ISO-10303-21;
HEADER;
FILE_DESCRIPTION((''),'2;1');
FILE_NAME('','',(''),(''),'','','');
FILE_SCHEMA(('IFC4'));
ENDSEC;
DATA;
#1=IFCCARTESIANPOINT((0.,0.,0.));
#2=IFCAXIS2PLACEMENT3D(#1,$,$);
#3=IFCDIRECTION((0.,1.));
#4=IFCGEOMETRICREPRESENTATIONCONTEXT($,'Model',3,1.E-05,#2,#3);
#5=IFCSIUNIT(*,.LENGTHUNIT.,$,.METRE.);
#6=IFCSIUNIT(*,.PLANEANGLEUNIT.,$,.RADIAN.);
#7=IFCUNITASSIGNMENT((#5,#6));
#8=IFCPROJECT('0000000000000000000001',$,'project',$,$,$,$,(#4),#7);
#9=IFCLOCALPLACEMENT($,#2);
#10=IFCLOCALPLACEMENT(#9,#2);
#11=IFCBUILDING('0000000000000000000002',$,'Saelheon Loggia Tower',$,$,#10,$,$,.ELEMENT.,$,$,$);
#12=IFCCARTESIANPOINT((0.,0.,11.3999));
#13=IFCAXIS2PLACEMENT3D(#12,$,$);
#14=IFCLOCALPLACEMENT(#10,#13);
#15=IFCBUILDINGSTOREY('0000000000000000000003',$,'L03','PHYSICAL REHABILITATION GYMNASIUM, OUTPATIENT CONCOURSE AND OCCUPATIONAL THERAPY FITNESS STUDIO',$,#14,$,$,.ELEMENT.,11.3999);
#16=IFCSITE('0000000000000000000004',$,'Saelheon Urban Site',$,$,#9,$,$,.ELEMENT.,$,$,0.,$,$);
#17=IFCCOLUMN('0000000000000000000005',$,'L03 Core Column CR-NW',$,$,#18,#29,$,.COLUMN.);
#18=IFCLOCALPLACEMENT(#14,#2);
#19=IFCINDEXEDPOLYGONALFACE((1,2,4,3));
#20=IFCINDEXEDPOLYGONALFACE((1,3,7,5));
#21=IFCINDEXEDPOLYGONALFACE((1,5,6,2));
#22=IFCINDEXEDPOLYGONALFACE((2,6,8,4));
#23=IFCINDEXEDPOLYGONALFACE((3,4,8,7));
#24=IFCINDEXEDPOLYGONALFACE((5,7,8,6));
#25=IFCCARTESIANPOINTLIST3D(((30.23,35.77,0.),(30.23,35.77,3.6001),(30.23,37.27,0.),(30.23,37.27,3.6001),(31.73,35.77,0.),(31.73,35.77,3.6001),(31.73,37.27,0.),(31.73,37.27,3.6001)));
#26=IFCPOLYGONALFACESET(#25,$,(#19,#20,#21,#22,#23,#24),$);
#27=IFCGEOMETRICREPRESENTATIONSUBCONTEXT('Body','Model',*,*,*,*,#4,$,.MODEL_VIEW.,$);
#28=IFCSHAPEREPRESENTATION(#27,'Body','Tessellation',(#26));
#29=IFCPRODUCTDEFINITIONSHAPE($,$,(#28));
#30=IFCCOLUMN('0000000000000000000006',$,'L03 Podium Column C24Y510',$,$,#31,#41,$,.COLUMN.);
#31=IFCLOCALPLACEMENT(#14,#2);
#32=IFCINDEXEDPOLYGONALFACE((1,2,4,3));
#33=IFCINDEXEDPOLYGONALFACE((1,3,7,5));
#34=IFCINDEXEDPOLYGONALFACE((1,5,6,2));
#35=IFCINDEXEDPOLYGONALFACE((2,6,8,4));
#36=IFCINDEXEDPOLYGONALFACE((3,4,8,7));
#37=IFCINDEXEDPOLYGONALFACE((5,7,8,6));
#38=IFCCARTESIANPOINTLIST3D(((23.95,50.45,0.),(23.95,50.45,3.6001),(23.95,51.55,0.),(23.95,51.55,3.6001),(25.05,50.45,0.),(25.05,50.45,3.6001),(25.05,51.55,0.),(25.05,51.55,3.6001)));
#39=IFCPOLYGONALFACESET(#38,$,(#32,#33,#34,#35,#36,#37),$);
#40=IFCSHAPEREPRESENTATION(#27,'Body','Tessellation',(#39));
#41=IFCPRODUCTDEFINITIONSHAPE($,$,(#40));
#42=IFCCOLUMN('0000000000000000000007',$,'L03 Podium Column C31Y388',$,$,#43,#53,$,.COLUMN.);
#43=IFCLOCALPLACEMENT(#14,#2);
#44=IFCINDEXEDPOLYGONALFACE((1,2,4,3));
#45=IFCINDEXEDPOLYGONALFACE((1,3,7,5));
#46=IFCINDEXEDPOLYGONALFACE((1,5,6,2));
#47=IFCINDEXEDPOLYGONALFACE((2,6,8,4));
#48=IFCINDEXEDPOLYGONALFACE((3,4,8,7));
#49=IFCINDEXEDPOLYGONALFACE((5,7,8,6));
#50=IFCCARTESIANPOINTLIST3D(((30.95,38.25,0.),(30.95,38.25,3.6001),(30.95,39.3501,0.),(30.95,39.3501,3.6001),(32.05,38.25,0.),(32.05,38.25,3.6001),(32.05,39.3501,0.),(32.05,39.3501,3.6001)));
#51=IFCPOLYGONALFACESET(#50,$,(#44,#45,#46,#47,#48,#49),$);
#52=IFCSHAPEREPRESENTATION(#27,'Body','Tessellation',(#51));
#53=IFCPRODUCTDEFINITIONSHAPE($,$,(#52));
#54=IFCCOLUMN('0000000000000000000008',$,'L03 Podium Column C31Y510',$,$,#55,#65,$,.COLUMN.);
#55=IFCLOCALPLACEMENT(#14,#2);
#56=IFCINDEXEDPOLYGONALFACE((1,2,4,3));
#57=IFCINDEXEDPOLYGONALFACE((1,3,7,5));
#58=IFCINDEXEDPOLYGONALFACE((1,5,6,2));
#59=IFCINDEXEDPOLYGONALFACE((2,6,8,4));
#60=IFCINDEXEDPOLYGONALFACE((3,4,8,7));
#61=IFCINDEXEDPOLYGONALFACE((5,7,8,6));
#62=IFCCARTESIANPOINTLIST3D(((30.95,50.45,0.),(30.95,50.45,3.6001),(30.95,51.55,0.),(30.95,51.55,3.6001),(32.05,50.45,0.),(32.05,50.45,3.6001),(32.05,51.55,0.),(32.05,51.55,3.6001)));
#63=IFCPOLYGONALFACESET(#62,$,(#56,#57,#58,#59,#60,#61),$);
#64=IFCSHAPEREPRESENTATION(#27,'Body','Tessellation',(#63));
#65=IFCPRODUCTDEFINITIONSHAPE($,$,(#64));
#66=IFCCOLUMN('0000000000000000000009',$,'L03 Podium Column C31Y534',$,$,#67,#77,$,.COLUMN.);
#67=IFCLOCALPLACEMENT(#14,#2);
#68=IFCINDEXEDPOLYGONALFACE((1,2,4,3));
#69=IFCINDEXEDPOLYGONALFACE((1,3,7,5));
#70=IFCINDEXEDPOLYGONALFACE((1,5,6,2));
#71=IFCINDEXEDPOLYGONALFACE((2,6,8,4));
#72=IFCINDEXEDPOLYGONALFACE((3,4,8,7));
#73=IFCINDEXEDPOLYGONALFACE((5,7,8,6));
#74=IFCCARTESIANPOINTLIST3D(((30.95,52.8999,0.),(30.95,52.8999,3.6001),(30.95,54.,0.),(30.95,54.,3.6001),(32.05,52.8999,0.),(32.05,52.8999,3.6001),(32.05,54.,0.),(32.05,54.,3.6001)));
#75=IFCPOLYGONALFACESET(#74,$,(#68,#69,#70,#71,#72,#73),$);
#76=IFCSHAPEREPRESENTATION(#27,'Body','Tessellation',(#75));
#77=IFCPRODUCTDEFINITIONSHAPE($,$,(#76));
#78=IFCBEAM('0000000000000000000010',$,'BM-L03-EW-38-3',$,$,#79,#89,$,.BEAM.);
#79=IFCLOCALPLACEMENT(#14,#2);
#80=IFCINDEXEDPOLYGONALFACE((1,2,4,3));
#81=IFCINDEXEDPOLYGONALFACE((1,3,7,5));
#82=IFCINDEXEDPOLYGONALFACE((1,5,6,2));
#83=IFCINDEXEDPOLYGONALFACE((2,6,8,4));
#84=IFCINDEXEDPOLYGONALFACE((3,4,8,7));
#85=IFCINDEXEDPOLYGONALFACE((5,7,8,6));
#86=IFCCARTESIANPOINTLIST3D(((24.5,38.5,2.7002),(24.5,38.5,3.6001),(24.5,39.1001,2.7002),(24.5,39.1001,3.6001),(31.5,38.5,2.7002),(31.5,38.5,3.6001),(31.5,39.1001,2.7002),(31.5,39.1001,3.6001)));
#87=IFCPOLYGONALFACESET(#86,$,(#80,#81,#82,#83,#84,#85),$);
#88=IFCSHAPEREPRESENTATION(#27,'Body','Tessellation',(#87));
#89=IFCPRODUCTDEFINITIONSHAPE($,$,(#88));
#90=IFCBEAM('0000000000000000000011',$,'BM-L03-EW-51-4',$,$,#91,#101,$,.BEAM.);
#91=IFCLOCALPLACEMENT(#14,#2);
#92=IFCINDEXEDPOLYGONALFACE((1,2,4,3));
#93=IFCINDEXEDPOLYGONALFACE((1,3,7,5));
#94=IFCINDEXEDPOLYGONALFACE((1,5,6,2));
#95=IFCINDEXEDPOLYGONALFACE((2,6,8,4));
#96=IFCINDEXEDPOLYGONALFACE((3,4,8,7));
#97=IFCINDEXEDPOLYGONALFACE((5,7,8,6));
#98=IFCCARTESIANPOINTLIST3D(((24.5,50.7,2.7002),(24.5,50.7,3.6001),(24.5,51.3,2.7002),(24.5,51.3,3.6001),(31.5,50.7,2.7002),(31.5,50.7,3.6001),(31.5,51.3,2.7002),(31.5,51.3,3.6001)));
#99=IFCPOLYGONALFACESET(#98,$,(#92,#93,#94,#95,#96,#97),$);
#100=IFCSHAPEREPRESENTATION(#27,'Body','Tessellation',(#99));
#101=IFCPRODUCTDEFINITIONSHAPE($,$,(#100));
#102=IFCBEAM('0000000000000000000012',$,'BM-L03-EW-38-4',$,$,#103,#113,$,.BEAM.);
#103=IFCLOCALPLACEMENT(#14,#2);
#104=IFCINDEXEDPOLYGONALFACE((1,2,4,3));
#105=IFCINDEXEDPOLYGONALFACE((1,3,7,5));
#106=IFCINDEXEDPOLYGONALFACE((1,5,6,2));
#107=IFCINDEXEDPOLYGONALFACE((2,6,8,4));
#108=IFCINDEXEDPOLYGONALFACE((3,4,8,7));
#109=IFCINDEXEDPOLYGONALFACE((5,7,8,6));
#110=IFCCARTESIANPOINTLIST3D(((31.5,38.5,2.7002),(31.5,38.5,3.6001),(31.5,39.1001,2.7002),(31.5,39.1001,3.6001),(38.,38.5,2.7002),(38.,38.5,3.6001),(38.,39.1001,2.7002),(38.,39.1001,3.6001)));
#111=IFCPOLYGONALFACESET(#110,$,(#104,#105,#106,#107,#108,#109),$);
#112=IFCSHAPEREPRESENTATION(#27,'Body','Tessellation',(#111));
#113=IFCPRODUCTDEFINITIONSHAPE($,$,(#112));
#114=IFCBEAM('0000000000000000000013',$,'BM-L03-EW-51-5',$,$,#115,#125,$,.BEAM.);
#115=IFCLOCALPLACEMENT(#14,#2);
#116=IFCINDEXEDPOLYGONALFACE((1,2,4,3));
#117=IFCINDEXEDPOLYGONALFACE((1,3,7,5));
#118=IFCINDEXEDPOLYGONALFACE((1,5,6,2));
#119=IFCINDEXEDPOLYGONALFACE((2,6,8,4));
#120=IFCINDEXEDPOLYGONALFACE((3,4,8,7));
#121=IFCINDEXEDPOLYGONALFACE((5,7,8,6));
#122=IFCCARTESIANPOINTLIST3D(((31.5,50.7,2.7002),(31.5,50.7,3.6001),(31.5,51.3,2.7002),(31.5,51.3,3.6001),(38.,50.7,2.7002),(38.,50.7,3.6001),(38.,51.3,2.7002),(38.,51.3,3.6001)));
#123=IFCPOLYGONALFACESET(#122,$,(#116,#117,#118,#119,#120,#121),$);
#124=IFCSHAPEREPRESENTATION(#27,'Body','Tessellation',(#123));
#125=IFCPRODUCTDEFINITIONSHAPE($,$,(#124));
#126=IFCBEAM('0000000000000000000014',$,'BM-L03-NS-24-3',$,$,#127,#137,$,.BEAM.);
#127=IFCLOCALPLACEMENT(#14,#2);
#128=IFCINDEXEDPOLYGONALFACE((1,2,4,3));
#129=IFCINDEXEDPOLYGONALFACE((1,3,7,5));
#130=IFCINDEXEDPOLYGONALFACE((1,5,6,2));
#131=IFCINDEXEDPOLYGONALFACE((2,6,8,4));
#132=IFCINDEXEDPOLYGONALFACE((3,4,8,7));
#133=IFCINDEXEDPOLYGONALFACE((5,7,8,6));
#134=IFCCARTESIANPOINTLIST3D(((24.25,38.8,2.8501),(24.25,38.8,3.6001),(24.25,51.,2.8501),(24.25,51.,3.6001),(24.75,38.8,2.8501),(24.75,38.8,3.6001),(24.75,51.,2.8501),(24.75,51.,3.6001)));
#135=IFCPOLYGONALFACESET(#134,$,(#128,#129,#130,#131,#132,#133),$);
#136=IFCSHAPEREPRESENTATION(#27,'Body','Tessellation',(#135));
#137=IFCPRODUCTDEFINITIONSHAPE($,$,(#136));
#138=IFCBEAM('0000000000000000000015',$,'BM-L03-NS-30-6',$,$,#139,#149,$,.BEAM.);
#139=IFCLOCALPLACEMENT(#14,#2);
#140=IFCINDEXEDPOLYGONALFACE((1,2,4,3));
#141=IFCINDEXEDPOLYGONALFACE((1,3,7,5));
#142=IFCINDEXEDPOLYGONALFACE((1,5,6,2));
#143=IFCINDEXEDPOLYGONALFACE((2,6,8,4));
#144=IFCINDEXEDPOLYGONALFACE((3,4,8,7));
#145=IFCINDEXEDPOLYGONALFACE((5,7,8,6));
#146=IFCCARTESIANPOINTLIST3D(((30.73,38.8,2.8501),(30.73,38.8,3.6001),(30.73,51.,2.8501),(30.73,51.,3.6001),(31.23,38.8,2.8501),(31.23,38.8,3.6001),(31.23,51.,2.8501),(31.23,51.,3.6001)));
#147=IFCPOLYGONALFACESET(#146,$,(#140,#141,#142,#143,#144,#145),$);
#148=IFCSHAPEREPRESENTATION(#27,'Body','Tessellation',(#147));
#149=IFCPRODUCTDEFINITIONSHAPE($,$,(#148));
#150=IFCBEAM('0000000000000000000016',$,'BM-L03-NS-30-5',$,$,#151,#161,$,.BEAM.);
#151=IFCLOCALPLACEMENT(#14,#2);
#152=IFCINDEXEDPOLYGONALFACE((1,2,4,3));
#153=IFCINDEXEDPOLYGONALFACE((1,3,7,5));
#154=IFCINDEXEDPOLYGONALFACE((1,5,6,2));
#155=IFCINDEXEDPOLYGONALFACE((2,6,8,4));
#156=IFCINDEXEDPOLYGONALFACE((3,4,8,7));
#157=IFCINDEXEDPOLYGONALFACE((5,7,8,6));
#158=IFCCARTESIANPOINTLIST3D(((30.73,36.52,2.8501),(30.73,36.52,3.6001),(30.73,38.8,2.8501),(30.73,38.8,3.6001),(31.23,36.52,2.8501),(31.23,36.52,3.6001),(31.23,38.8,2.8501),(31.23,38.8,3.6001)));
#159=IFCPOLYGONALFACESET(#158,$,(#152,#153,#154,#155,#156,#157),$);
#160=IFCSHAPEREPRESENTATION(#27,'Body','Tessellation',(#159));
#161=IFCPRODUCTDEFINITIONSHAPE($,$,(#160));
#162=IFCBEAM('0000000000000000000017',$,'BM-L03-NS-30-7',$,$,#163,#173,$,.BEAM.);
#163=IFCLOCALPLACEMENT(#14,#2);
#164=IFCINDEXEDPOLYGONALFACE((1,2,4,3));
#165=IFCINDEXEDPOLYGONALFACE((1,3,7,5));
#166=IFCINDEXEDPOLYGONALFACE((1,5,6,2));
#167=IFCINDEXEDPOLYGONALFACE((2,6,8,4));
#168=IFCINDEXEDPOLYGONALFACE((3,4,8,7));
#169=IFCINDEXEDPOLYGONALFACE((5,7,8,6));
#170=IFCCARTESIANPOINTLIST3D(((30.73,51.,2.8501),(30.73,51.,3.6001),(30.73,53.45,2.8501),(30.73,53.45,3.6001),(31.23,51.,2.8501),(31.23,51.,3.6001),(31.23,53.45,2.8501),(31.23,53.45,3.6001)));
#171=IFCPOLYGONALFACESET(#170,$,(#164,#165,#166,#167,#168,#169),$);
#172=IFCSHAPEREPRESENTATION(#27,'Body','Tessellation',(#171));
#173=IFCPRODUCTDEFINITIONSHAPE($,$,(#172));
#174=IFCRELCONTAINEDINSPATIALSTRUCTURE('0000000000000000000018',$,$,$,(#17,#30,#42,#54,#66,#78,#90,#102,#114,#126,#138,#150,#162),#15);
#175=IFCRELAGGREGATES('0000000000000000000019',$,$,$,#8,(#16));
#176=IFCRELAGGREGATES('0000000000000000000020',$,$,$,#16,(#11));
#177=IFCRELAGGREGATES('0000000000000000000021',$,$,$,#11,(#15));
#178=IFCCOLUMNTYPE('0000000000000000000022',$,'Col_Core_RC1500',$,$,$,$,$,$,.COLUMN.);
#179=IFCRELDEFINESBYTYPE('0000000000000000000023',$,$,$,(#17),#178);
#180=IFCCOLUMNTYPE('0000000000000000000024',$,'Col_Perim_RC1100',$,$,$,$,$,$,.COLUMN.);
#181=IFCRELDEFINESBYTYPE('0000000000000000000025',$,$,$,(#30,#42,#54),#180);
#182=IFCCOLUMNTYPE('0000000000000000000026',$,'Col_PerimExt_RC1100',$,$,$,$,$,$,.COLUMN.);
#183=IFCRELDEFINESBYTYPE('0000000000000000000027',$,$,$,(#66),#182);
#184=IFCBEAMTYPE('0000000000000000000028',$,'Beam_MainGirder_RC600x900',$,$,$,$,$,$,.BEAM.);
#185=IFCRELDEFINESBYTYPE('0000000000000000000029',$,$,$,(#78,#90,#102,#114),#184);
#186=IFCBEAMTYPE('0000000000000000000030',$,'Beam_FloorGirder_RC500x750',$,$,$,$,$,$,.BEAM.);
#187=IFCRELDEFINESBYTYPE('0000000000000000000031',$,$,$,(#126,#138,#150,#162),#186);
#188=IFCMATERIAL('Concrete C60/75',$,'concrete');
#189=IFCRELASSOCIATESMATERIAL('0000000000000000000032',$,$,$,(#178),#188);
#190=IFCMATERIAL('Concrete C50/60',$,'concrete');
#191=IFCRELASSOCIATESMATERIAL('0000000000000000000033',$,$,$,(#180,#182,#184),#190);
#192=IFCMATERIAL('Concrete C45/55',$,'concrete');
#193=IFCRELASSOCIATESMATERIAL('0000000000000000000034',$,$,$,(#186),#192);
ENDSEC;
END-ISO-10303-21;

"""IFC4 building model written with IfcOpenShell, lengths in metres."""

from ifc_helpers import new_model, si_unit, direction, frame, origin, origin_2d, place, context, subcontext, project, spatial, rectangle, extrude, source, transform, mapped, material, material_profile, profile_set, type_object, element, save


model = new_model("IFC4")

# Units and contexts
model_context = context("Model", 3, precision=1e-05, world=origin(), true_north=direction((0.0, 1.0)))
body_context = subcontext(model_context, "Body", "Model", "MODEL_VIEW")
ifc_project = project(units=[si_unit("LENGTHUNIT", "METRE"), si_unit("PLANEANGLEUNIT", "RADIAN")], contexts=[model_context])

# Site, building, storey
site_placement = place(None, origin())
site = spatial("IfcSite", under=ifc_project, at=site_placement, Name="Saelheon Urban Site", CompositionType="ELEMENT", RefElevation=0.0)
building_placement = place(site_placement, origin())
building = spatial("IfcBuilding", under=site, at=building_placement, Name="Saelheon Loggia Tower", CompositionType="ELEMENT")
storey_placement = place(building_placement, frame((0.0, 0.0, 11.3999)))
storey = spatial("IfcBuildingStorey", under=building, at=storey_placement, Name="L03", Description="PHYSICAL REHABILITATION GYMNASIUM, OUTPATIENT CONCOURSE AND OCCUPATIONAL THERAPY FITNESS STUDIO", CompositionType="ELEMENT", Elevation=11.3999)

# Columns
ifc_material_1 = material(Name="Concrete C60/75", Category="concrete")
ifc_material_profile_1 = material_profile(ifc_material_1, rectangle(XDim=1.5, YDim=1.5, at=origin_2d()), Name="RC-1500x1500")
ifc_profile_set_1 = profile_set([ifc_material_profile_1], Name="Concrete C60/75")
column_type_1 = type_object("IfcColumnType", Name="Col_Core_RC1500", PredefinedType="COLUMN", material=ifc_profile_set_1)
shared_shape_1 = source(origin(), body_context, "Body", "SweptSolid", [
    extrude(rectangle(XDim=1.5, YDim=1.5, at=origin_2d()), origin(), (0.0, 0.0, 1.0), 3.6001),
])
column_1_placement = place(storey_placement, frame((30.98, 36.52, 0.0), z_axis=(0.0, 0.0, 1.0), x_axis=(1.0, 0.0, 0.0)))
element("IfcColumn", 1, at=column_1_placement, inside=storey, type_object=column_type_1, Name="L03 Core Column CR-NW", PredefinedType="COLUMN", context=body_context, shape_type="MappedRepresentation", body=[
    mapped(shared_shape_1, transform((0.0, 0.0, 0.0), scale=1.0)),
])
ifc_material_2 = material(Name="Concrete C50/60", Category="concrete")
ifc_material_profile_2 = material_profile(ifc_material_2, rectangle(XDim=1.1001, YDim=1.1001, at=origin_2d()), Name="RC-1100x1100")
ifc_profile_set_2 = profile_set([ifc_material_profile_2], Name="Concrete C50/60")
column_type_2 = type_object("IfcColumnType", Name="Col_Perim_RC1100", PredefinedType="COLUMN", material=ifc_profile_set_2)
shared_shape_2 = source(origin(), body_context, "Body", "SweptSolid", [
    extrude(rectangle(XDim=1.1001, YDim=1.1001, at=origin_2d()), origin(), (0.0, 0.0, 1.0), 3.6001),
])
for number, where, z_axis, x_axis, name in (
    (2, (24.5, 51.0, 0.0), (0.0, 0.0, 1.0), (1.0, 0.0, 0.0), "L03 Podium Column C24Y510"),
    (3, (31.5, 38.8, 0.0), (0.0, 0.0, 1.0), (1.0, 0.0, 0.0), "L03 Podium Column C31Y388"),
    (4, (31.5, 51.0, 0.0), (0.0, 0.0, 1.0), (1.0, 0.0, 0.0), "L03 Podium Column C31Y510"),
):
    element("IfcColumn", number, at=place(storey_placement, frame(where, z_axis=z_axis, x_axis=x_axis)), inside=storey, type_object=column_type_2, Name=name, PredefinedType="COLUMN", context=body_context, shape_type="MappedRepresentation", body=[
        mapped(shared_shape_2, transform((0.0, 0.0, 0.0), scale=1.0)),
    ])
ifc_material_profile_3 = material_profile(ifc_material_2, rectangle(XDim=1.1001, YDim=1.1001, at=origin_2d()), Name="RC-1100x1100")
ifc_profile_set_3 = profile_set([ifc_material_profile_3], Name="Concrete C50/60")
column_type_3 = type_object("IfcColumnType", Name="Col_PerimExt_RC1100", PredefinedType="COLUMN", material=ifc_profile_set_3)
column_2_placement = place(storey_placement, frame((31.5, 53.45, 0.0), z_axis=(0.0, 0.0, 1.0), x_axis=(1.0, 0.0, 0.0)))
element("IfcColumn", 5, at=column_2_placement, inside=storey, type_object=column_type_3, Name="L03 Podium Column C31Y534", PredefinedType="COLUMN", context=body_context, shape_type="MappedRepresentation", body=[
    mapped(shared_shape_2, transform((0.0, 0.0, 0.0), scale=1.0)),
])

# Beams
ifc_material_profile_4 = material_profile(ifc_material_2, rectangle(XDim=0.6001, YDim=0.8999, at=origin_2d()), Name="RC-600x900")
ifc_profile_set_4 = profile_set([ifc_material_profile_4], Name="Concrete C50/60")
beam_type_1 = type_object("IfcBeamType", Name="Beam_MainGirder_RC600x900", PredefinedType="BEAM", material=ifc_profile_set_4)
shared_shape_3 = source(origin(), body_context, "Body", "SweptSolid", [
    extrude(rectangle(XDim=0.6001, YDim=0.8999, at=origin_2d()), origin(), (0.0, 0.0, 1.0), 7.0),
])
for number, where, z_axis, x_axis, name in (
    (6, (24.5, 38.8, 3.1501), (1.0, 0.0, 0.0), (0.0, 1.0, 0.0), "BM-L03-EW-38-3"),
    (7, (24.5, 51.0, 3.1501), (1.0, 0.0, 0.0), (0.0, 1.0, 0.0), "BM-L03-EW-51-4"),
):
    element("IfcBeam", number, at=place(storey_placement, frame(where, z_axis=z_axis, x_axis=x_axis)), inside=storey, type_object=beam_type_1, Name=name, PredefinedType="BEAM", context=body_context, shape_type="MappedRepresentation", body=[
        mapped(shared_shape_3, transform((0.0, 0.0, 0.0), scale=1.0)),
    ])
shared_shape_4 = source(origin(), body_context, "Body", "SweptSolid", [
    extrude(rectangle(XDim=0.6001, YDim=0.8999, at=origin_2d()), origin(), (0.0, 0.0, 1.0), 6.5),
])
for number, where, z_axis, x_axis, name in (
    (8, (31.5, 38.8, 3.1501), (1.0, 0.0, 0.0), (0.0, 1.0, 0.0), "BM-L03-EW-38-4"),
    (9, (31.5, 51.0, 3.1501), (1.0, 0.0, 0.0), (0.0, 1.0, 0.0), "BM-L03-EW-51-5"),
):
    element("IfcBeam", number, at=place(storey_placement, frame(where, z_axis=z_axis, x_axis=x_axis)), inside=storey, type_object=beam_type_1, Name=name, PredefinedType="BEAM", context=body_context, shape_type="MappedRepresentation", body=[
        mapped(shared_shape_4, transform((0.0, 0.0, 0.0), scale=1.0)),
    ])
ifc_material_3 = material(Name="Concrete C45/55", Category="concrete")
ifc_material_profile_5 = material_profile(ifc_material_3, rectangle(XDim=0.5, YDim=0.75, at=origin_2d()), Name="RC-500x750")
ifc_profile_set_5 = profile_set([ifc_material_profile_5], Name="Concrete C45/55")
beam_type_2 = type_object("IfcBeamType", Name="Beam_FloorGirder_RC500x750", PredefinedType="BEAM", material=ifc_profile_set_5)
shared_shape_5 = source(origin(), body_context, "Body", "SweptSolid", [
    extrude(rectangle(XDim=0.5, YDim=0.75, at=origin_2d()), origin(), (0.0, 0.0, 1.0), 12.2),
])
for number, where, z_axis, x_axis, name in (
    (10, (24.5, 38.8, 3.2251), (0.0, 1.0, 0.0), (-1.0, 0.0, 0.0), "BM-L03-NS-24-3"),
    (11, (30.98, 38.8, 3.2251), (0.0, 1.0, 0.0), (-1.0, 0.0, 0.0), "BM-L03-NS-30-6"),
):
    element("IfcBeam", number, at=place(storey_placement, frame(where, z_axis=z_axis, x_axis=x_axis)), inside=storey, type_object=beam_type_2, Name=name, PredefinedType="BEAM", context=body_context, shape_type="MappedRepresentation", body=[
        mapped(shared_shape_5, transform((0.0, 0.0, 0.0), scale=1.0)),
    ])
shared_shape_6 = source(origin(), body_context, "Body", "SweptSolid", [
    extrude(rectangle(XDim=0.5, YDim=0.75, at=origin_2d()), origin(), (0.0, 0.0, 1.0), 2.28),
])
beam_1_placement = place(storey_placement, frame((30.98, 36.52, 3.2251), z_axis=(0.0, 1.0, 0.0), x_axis=(-1.0, 0.0, 0.0)))
element("IfcBeam", 12, at=beam_1_placement, inside=storey, type_object=beam_type_2, Name="BM-L03-NS-30-5", PredefinedType="BEAM", context=body_context, shape_type="MappedRepresentation", body=[
    mapped(shared_shape_6, transform((0.0, 0.0, 0.0), scale=1.0)),
])
shared_shape_7 = source(origin(), body_context, "Body", "SweptSolid", [
    extrude(rectangle(XDim=0.5, YDim=0.75, at=origin_2d()), origin(), (0.0, 0.0, 1.0), 2.45),
])
beam_2_placement = place(storey_placement, frame((30.98, 51.0, 3.2251), z_axis=(0.0, 1.0, 0.0), x_axis=(-1.0, 0.0, 0.0)))
element("IfcBeam", 13, at=beam_2_placement, inside=storey, type_object=beam_type_2, Name="BM-L03-NS-30-7", PredefinedType="BEAM", context=body_context, shape_type="MappedRepresentation", body=[
    mapped(shared_shape_7, transform((0.0, 0.0, 0.0), scale=1.0)),
])

save(model, "model.ifc")
